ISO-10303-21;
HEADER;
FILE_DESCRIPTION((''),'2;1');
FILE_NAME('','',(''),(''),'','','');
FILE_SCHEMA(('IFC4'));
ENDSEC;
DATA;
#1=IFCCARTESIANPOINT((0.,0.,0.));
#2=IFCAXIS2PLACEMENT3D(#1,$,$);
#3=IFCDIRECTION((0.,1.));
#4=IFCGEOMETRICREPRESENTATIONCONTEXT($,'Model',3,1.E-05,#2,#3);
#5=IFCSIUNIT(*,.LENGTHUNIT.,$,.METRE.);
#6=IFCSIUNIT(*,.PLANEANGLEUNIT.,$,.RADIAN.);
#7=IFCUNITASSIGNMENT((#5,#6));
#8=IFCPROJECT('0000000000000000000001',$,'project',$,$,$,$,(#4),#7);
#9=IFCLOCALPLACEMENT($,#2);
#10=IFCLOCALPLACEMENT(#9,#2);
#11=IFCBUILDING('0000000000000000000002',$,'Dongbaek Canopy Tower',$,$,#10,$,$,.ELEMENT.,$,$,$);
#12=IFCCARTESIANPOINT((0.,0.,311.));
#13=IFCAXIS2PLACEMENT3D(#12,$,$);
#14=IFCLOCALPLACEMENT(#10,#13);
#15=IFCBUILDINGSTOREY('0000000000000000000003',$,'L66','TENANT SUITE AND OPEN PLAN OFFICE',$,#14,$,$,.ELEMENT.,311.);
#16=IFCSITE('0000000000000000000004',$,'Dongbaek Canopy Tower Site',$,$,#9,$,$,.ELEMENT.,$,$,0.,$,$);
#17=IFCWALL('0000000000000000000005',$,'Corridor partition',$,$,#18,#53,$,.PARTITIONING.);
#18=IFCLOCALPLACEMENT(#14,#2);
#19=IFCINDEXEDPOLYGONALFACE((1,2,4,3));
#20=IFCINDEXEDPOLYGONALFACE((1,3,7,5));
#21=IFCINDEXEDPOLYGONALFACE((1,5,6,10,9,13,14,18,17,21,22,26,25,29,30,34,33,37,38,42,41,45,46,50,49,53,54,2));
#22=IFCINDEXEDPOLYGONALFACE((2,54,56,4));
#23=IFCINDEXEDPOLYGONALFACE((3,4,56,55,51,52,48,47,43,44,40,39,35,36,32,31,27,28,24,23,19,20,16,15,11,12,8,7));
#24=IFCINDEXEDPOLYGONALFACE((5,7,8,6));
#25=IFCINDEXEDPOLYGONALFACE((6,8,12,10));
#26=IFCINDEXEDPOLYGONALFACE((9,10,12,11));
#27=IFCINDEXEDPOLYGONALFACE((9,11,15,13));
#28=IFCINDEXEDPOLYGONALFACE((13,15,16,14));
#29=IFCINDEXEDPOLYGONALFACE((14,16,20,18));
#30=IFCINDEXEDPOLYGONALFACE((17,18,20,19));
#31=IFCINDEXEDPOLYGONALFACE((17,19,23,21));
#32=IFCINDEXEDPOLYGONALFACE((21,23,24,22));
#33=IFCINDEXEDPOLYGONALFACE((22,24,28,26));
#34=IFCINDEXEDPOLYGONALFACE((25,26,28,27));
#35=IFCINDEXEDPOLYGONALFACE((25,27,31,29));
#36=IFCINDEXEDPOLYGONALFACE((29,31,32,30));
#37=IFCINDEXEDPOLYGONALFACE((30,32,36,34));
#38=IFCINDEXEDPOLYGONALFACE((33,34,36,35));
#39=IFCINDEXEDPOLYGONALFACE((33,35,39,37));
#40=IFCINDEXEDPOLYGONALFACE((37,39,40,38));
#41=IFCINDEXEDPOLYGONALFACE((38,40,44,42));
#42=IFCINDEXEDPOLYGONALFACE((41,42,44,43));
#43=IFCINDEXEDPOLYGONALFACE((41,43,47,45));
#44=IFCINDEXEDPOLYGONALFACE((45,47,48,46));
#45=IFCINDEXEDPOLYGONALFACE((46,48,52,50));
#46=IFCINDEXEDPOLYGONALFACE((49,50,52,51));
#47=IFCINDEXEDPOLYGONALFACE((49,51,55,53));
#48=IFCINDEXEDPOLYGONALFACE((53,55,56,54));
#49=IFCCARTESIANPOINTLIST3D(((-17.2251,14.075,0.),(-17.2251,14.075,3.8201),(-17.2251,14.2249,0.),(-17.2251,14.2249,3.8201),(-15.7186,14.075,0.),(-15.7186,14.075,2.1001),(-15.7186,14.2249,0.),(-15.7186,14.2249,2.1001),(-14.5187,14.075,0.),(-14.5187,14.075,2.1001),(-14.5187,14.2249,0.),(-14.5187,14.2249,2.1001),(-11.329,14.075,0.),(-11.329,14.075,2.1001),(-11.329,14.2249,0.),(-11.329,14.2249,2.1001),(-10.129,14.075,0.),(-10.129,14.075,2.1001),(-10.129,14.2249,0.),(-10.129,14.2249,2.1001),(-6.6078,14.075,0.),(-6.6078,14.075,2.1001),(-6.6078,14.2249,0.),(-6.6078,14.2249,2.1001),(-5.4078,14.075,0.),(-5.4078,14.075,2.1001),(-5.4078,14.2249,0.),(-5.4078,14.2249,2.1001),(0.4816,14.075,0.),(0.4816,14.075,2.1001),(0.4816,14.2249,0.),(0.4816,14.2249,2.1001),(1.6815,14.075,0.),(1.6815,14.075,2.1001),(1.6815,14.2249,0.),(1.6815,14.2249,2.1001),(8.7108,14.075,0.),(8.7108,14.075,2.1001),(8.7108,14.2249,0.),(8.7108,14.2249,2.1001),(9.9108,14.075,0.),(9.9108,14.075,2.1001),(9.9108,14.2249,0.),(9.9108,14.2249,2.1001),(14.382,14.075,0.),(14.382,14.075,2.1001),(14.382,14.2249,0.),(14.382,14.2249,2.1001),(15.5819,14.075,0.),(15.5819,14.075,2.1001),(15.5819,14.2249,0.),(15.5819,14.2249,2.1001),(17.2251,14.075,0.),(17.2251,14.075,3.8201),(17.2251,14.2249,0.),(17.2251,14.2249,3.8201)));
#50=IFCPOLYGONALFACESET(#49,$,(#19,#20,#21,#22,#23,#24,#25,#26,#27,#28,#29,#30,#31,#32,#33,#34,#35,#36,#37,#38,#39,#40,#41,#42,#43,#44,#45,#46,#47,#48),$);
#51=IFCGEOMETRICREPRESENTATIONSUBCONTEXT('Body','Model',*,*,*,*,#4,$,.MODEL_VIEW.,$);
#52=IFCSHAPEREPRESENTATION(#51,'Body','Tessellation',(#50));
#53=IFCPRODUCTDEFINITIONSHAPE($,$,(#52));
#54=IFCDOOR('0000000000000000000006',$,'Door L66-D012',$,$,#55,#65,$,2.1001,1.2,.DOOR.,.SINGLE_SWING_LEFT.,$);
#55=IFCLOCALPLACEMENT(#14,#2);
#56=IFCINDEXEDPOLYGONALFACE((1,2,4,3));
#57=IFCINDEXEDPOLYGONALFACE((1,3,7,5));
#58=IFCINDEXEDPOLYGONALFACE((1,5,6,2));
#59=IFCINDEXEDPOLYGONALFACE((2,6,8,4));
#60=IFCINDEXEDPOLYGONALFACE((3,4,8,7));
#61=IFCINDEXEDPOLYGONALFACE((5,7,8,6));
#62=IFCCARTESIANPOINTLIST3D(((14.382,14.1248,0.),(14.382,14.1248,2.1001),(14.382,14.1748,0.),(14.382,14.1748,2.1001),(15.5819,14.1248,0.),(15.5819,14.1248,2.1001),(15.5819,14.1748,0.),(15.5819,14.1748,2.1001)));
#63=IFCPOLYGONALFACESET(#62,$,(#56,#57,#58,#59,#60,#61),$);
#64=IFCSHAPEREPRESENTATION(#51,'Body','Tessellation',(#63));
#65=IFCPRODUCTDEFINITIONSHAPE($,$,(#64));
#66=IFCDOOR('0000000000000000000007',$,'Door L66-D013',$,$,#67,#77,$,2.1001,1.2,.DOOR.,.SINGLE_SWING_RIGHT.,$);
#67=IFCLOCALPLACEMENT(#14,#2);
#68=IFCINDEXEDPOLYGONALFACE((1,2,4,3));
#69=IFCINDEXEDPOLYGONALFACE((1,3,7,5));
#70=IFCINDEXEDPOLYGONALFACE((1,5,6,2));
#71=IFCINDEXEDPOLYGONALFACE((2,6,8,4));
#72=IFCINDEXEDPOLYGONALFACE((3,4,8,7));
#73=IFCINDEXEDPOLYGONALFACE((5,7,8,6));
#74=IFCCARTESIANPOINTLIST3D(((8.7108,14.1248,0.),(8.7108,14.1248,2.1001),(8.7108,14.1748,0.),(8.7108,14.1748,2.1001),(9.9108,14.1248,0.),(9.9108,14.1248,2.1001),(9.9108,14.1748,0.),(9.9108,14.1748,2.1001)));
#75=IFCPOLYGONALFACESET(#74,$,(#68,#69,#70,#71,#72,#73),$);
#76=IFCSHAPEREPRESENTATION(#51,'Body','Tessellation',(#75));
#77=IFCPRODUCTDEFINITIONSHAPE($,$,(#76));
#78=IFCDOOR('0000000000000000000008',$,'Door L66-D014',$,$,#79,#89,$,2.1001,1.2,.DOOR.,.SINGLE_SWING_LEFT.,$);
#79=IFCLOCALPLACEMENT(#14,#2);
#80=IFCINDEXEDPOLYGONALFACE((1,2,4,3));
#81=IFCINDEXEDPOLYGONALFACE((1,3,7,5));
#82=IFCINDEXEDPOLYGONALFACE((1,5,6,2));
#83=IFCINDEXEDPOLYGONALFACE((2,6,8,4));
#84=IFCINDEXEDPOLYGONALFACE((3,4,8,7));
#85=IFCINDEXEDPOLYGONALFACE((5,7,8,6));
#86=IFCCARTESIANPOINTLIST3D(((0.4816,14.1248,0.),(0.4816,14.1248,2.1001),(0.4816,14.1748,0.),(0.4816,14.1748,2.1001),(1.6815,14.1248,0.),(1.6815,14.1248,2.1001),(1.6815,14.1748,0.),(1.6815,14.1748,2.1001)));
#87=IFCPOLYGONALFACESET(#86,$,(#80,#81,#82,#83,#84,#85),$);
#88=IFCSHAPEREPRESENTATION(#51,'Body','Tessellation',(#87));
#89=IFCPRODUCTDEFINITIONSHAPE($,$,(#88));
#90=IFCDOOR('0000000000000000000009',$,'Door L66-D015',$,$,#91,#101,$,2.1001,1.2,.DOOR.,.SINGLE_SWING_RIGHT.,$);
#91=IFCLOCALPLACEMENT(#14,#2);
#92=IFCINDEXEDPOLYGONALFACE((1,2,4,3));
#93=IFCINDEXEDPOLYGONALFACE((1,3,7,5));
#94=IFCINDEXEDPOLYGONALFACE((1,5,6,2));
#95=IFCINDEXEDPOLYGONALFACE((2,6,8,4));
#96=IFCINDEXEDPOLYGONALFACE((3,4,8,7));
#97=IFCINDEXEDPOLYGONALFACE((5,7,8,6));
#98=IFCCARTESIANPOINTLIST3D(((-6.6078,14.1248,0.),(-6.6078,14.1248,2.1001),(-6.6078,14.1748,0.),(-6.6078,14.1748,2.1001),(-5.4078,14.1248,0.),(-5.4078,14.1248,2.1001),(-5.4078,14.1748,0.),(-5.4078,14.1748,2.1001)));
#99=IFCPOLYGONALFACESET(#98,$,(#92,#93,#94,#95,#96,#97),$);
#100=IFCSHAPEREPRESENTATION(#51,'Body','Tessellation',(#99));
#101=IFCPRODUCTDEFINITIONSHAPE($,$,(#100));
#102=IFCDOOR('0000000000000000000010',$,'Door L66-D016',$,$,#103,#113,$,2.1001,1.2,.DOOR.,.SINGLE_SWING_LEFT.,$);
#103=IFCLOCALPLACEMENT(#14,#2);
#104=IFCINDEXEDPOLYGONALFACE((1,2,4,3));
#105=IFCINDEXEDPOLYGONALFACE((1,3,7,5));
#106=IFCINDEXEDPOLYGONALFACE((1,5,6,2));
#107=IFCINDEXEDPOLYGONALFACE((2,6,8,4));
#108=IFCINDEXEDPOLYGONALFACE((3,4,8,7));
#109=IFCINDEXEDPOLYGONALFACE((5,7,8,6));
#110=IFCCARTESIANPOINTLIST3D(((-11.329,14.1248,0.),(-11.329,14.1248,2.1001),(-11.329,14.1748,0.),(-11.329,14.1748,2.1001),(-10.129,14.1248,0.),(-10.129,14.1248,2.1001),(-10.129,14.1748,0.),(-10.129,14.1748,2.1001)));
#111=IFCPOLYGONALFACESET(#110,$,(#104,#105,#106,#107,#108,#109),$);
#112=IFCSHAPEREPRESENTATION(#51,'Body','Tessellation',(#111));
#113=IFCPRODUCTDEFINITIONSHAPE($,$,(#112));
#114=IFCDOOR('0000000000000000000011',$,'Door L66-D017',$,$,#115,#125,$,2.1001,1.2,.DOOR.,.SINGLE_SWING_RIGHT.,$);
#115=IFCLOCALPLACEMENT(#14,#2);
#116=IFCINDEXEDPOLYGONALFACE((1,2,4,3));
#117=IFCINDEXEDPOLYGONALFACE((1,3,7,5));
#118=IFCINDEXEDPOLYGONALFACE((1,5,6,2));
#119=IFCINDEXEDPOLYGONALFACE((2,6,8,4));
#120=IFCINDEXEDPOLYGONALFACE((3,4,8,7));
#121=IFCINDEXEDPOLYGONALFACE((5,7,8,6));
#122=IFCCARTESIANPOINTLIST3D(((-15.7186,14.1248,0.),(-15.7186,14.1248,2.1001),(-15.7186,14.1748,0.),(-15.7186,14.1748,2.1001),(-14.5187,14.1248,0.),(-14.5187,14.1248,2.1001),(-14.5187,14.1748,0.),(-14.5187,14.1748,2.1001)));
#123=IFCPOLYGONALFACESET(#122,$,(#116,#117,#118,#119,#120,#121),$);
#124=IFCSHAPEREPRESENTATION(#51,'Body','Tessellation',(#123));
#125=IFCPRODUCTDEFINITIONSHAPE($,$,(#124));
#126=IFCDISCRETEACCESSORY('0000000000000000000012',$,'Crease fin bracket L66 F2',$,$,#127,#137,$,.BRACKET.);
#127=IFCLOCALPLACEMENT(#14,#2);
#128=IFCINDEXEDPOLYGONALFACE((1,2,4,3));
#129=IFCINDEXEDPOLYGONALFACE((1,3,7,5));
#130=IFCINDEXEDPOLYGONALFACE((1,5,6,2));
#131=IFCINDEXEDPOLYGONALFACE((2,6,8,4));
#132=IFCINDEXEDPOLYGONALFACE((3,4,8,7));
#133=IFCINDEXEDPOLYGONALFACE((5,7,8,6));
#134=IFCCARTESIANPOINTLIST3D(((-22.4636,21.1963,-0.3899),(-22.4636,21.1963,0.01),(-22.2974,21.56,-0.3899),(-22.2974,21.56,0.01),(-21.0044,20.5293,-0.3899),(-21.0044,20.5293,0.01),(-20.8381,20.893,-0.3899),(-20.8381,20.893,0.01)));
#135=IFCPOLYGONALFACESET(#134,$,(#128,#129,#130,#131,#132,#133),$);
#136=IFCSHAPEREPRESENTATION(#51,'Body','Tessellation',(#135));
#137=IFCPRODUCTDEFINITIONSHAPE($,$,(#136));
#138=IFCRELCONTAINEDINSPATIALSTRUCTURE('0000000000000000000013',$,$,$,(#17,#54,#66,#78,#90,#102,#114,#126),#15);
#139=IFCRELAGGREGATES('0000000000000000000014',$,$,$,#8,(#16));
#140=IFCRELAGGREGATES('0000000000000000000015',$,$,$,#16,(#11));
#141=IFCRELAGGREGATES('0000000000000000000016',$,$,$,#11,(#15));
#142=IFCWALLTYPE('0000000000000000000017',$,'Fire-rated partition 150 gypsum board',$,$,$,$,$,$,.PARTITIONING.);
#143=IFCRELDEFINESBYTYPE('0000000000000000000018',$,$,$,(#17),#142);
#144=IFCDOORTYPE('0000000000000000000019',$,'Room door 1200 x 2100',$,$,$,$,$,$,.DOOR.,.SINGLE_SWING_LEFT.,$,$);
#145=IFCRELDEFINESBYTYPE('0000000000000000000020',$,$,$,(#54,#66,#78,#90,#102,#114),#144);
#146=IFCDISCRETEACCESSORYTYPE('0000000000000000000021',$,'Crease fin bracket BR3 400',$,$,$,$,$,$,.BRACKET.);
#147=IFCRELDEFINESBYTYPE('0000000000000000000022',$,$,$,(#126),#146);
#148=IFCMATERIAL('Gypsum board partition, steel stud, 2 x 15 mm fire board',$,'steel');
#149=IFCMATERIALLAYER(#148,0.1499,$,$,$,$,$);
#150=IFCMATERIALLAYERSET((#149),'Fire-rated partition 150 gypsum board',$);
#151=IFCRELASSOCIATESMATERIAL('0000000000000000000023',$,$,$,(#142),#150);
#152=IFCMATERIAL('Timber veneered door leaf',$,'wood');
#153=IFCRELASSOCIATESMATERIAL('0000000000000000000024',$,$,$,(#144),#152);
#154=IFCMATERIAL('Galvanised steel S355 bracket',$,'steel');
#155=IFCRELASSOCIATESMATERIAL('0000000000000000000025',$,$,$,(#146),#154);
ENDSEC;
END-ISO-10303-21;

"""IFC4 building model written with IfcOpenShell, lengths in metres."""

from ifc_helpers import new_model, si_unit, direction, frame, frame_2d, origin, origin_2d, place, context, subcontext, project, spatial, rectangle, extrude, material, layer, layer_set, type_object, element, fill, save


model = new_model("IFC4")

# Units and contexts
model_context = context("Model", 3, precision=1e-05, world=origin(), true_north=direction((0.0, 1.0)))
body_context = subcontext(model_context, "Body", "Model", "MODEL_VIEW")
ifc_project = project(units=[si_unit("LENGTHUNIT", "METRE"), si_unit("PLANEANGLEUNIT", "RADIAN")], contexts=[model_context])

# Site, building, storey
site_placement = place(None, origin())
site = spatial("IfcSite", under=ifc_project, at=site_placement, Name="Dongbaek Canopy Tower Site", CompositionType="ELEMENT", RefElevation=0.0)
building_placement = place(site_placement, origin())
building = spatial("IfcBuilding", under=site, at=building_placement, Name="Dongbaek Canopy Tower", CompositionType="ELEMENT")
storey_placement = place(building_placement, frame((0.0, 0.0, 311.0)))
storey = spatial("IfcBuildingStorey", under=building, at=storey_placement, Name="L66", Description="TENANT SUITE AND OPEN PLAN OFFICE", CompositionType="ELEMENT", Elevation=311.0)

# Wall, openings, doors
ifc_material_1 = material(Name="Gypsum board partition, steel stud, 2 x 15 mm fire board", Category="steel")
ifc_layer_1 = layer(ifc_material_1, 0.1499)
ifc_layer_set_1 = layer_set([ifc_layer_1], Name="Fire-rated partition 150 gypsum board")
wall_type_1 = type_object("IfcWallType", Name="Fire-rated partition 150 gypsum board", PredefinedType="PARTITIONING", material=ifc_layer_set_1)
wall_1_placement = place(storey_placement, frame((-17.2251, 14.1499, 0.0), z_axis=(0.0, 0.0, 1.0), x_axis=(1.0, 0.0, 0.0)))
wall_1 = element("IfcWall", 1, at=wall_1_placement, inside=storey, type_object=wall_type_1, Name="Corridor partition", PredefinedType="PARTITIONING", context=body_context, shape_type="SweptSolid", body=[
    extrude(rectangle(XDim=34.4502, YDim=0.1499, at=frame_2d((17.2251, 0.0))), origin(), (0.0, 0.0, 1.0), 3.8201),
])
opening_1_placement = place(wall_1_placement, frame((31.6069, 0.0, 0.0)))
opening_1 = element("IfcOpeningElement", 2, at=opening_1_placement, cuts=wall_1, PredefinedType="OPENING", context=body_context, shape_type="SweptSolid", body=[
    extrude(rectangle(XDim=1.2, YDim=2.1001, at=frame_2d((0.6001, 1.05))), frame((0.0, 0.085, 0.0), z_axis=(0.0, -1.0, 0.0), x_axis=(1.0, 0.0, 0.0)), (0.0, 0.0, 1.0), 0.1699),
])
opening_2_placement = place(wall_1_placement, frame((25.9358, 0.0, 0.0)))
opening_2 = element("IfcOpeningElement", 3, at=opening_2_placement, cuts=wall_1, PredefinedType="OPENING", context=body_context, shape_type="SweptSolid", body=[
    extrude(rectangle(XDim=1.2, YDim=2.1001, at=frame_2d((0.6001, 1.05))), frame((0.0, 0.085, 0.0), z_axis=(0.0, -1.0, 0.0), x_axis=(1.0, 0.0, 0.0)), (0.0, 0.0, 1.0), 0.1699),
])
opening_3_placement = place(wall_1_placement, frame((17.7065, 0.0, 0.0)))
opening_3 = element("IfcOpeningElement", 4, at=opening_3_placement, cuts=wall_1, PredefinedType="OPENING", context=body_context, shape_type="SweptSolid", body=[
    extrude(rectangle(XDim=1.2, YDim=2.1001, at=frame_2d((0.6001, 1.05))), frame((0.0, 0.085, 0.0), z_axis=(0.0, -1.0, 0.0), x_axis=(1.0, 0.0, 0.0)), (0.0, 0.0, 1.0), 0.1699),
])
opening_4_placement = place(wall_1_placement, frame((10.6172, 0.0, 0.0)))
opening_4 = element("IfcOpeningElement", 5, at=opening_4_placement, cuts=wall_1, PredefinedType="OPENING", context=body_context, shape_type="SweptSolid", body=[
    extrude(rectangle(XDim=1.2, YDim=2.1001, at=frame_2d((0.6001, 1.05))), frame((0.0, 0.085, 0.0), z_axis=(0.0, -1.0, 0.0), x_axis=(1.0, 0.0, 0.0)), (0.0, 0.0, 1.0), 0.1699),
])
opening_5_placement = place(wall_1_placement, frame((5.896, 0.0, 0.0)))
opening_5 = element("IfcOpeningElement", 6, at=opening_5_placement, cuts=wall_1, PredefinedType="OPENING", context=body_context, shape_type="SweptSolid", body=[
    extrude(rectangle(XDim=1.2, YDim=2.1001, at=frame_2d((0.6001, 1.05))), frame((0.0, 0.085, 0.0), z_axis=(0.0, -1.0, 0.0), x_axis=(1.0, 0.0, 0.0)), (0.0, 0.0, 1.0), 0.1699),
])
opening_6_placement = place(wall_1_placement, frame((1.5063, 0.0, 0.0)))
opening_6 = element("IfcOpeningElement", 7, at=opening_6_placement, cuts=wall_1, PredefinedType="OPENING", context=body_context, shape_type="SweptSolid", body=[
    extrude(rectangle(XDim=1.2, YDim=2.1001, at=frame_2d((0.6001, 1.05))), frame((0.0, 0.085, 0.0), z_axis=(0.0, -1.0, 0.0), x_axis=(1.0, 0.0, 0.0)), (0.0, 0.0, 1.0), 0.1699),
])
ifc_material_2 = material(Name="Timber veneered door leaf", Category="wood")
door_type_1 = type_object("IfcDoorType", Name="Room door 1200 x 2100", OperationType="SINGLE_SWING_LEFT", PredefinedType="DOOR", material=ifc_material_2)
door_1_placement = place(opening_1_placement, origin())
door_1 = element("IfcDoor", 8, at=door_1_placement, inside=storey, type_object=door_type_1, Name="Door L66-D012", OperationType="SINGLE_SWING_LEFT", OverallHeight=2.1001, OverallWidth=1.2, PredefinedType="DOOR", context=body_context, shape_type="SweptSolid", body=[
    extrude(rectangle(XDim=1.2, YDim=2.1001, at=frame_2d((0.6001, 1.05))), frame((0.0, 0.0249, 0.0), z_axis=(0.0, -1.0, 0.0), x_axis=(1.0, 0.0, 0.0)), (0.0, 0.0, 1.0), 0.05),
])
fill(opening_1, door_1)
door_2_placement = place(opening_2_placement, origin())
door_2 = element("IfcDoor", 9, at=door_2_placement, inside=storey, type_object=door_type_1, Name="Door L66-D013", OperationType="SINGLE_SWING_RIGHT", OverallHeight=2.1001, OverallWidth=1.2, PredefinedType="DOOR", context=body_context, shape_type="SweptSolid", body=[
    extrude(rectangle(XDim=1.2, YDim=2.1001, at=frame_2d((0.6001, 1.05))), frame((0.0, 0.0249, 0.0), z_axis=(0.0, -1.0, 0.0), x_axis=(1.0, 0.0, 0.0)), (0.0, 0.0, 1.0), 0.05),
])
fill(opening_2, door_2)
door_3_placement = place(opening_3_placement, origin())
door_3 = element("IfcDoor", 10, at=door_3_placement, inside=storey, type_object=door_type_1, Name="Door L66-D014", OperationType="SINGLE_SWING_LEFT", OverallHeight=2.1001, OverallWidth=1.2, PredefinedType="DOOR", context=body_context, shape_type="SweptSolid", body=[
    extrude(rectangle(XDim=1.2, YDim=2.1001, at=frame_2d((0.6001, 1.05))), frame((0.0, 0.0249, 0.0), z_axis=(0.0, -1.0, 0.0), x_axis=(1.0, 0.0, 0.0)), (0.0, 0.0, 1.0), 0.05),
])
fill(opening_3, door_3)
door_4_placement = place(opening_4_placement, origin())
door_4 = element("IfcDoor", 11, at=door_4_placement, inside=storey, type_object=door_type_1, Name="Door L66-D015", OperationType="SINGLE_SWING_RIGHT", OverallHeight=2.1001, OverallWidth=1.2, PredefinedType="DOOR", context=body_context, shape_type="SweptSolid", body=[
    extrude(rectangle(XDim=1.2, YDim=2.1001, at=frame_2d((0.6001, 1.05))), frame((0.0, 0.0249, 0.0), z_axis=(0.0, -1.0, 0.0), x_axis=(1.0, 0.0, 0.0)), (0.0, 0.0, 1.0), 0.05),
])
fill(opening_4, door_4)
door_5_placement = place(opening_5_placement, origin())
door_5 = element("IfcDoor", 12, at=door_5_placement, inside=storey, type_object=door_type_1, Name="Door L66-D016", OperationType="SINGLE_SWING_LEFT", OverallHeight=2.1001, OverallWidth=1.2, PredefinedType="DOOR", context=body_context, shape_type="SweptSolid", body=[
    extrude(rectangle(XDim=1.2, YDim=2.1001, at=frame_2d((0.6001, 1.05))), frame((0.0, 0.0249, 0.0), z_axis=(0.0, -1.0, 0.0), x_axis=(1.0, 0.0, 0.0)), (0.0, 0.0, 1.0), 0.05),
])
fill(opening_5, door_5)
door_6_placement = place(opening_6_placement, origin())
door_6 = element("IfcDoor", 13, at=door_6_placement, inside=storey, type_object=door_type_1, Name="Door L66-D017", OperationType="SINGLE_SWING_RIGHT", OverallHeight=2.1001, OverallWidth=1.2, PredefinedType="DOOR", context=body_context, shape_type="SweptSolid", body=[
    extrude(rectangle(XDim=1.2, YDim=2.1001, at=frame_2d((0.6001, 1.05))), frame((0.0, 0.0249, 0.0), z_axis=(0.0, -1.0, 0.0), x_axis=(1.0, 0.0, 0.0)), (0.0, 0.0, 1.0), 0.05),
])
fill(opening_6, door_6)

# Discrete accessory
ifc_material_3 = material(Name="Galvanised steel S355 bracket", Category="steel")
discrete_accessory_type = type_object("IfcDiscreteAccessoryType", Name="Crease fin bracket BR3 400", PredefinedType="BRACKET", material=ifc_material_3)
discrete_accessory_placement = place(storey_placement, frame((-21.6509, 21.0447, -0.3899), z_axis=(0.0, 0.0, 1.0), x_axis=(-0.909496, 0.415713, 0.0)))
element("IfcDiscreteAccessory", 14, at=discrete_accessory_placement, inside=storey, type_object=discrete_accessory_type, Name="Crease fin bracket L66 F2", PredefinedType="BRACKET", context=body_context, shape_type="SweptSolid", body=[
    extrude(rectangle(XDim=1.6045, YDim=0.3999, at=origin_2d()), origin(), (0.0, 0.0, 1.0), 0.3999),
])

save(model, "model.ifc")
